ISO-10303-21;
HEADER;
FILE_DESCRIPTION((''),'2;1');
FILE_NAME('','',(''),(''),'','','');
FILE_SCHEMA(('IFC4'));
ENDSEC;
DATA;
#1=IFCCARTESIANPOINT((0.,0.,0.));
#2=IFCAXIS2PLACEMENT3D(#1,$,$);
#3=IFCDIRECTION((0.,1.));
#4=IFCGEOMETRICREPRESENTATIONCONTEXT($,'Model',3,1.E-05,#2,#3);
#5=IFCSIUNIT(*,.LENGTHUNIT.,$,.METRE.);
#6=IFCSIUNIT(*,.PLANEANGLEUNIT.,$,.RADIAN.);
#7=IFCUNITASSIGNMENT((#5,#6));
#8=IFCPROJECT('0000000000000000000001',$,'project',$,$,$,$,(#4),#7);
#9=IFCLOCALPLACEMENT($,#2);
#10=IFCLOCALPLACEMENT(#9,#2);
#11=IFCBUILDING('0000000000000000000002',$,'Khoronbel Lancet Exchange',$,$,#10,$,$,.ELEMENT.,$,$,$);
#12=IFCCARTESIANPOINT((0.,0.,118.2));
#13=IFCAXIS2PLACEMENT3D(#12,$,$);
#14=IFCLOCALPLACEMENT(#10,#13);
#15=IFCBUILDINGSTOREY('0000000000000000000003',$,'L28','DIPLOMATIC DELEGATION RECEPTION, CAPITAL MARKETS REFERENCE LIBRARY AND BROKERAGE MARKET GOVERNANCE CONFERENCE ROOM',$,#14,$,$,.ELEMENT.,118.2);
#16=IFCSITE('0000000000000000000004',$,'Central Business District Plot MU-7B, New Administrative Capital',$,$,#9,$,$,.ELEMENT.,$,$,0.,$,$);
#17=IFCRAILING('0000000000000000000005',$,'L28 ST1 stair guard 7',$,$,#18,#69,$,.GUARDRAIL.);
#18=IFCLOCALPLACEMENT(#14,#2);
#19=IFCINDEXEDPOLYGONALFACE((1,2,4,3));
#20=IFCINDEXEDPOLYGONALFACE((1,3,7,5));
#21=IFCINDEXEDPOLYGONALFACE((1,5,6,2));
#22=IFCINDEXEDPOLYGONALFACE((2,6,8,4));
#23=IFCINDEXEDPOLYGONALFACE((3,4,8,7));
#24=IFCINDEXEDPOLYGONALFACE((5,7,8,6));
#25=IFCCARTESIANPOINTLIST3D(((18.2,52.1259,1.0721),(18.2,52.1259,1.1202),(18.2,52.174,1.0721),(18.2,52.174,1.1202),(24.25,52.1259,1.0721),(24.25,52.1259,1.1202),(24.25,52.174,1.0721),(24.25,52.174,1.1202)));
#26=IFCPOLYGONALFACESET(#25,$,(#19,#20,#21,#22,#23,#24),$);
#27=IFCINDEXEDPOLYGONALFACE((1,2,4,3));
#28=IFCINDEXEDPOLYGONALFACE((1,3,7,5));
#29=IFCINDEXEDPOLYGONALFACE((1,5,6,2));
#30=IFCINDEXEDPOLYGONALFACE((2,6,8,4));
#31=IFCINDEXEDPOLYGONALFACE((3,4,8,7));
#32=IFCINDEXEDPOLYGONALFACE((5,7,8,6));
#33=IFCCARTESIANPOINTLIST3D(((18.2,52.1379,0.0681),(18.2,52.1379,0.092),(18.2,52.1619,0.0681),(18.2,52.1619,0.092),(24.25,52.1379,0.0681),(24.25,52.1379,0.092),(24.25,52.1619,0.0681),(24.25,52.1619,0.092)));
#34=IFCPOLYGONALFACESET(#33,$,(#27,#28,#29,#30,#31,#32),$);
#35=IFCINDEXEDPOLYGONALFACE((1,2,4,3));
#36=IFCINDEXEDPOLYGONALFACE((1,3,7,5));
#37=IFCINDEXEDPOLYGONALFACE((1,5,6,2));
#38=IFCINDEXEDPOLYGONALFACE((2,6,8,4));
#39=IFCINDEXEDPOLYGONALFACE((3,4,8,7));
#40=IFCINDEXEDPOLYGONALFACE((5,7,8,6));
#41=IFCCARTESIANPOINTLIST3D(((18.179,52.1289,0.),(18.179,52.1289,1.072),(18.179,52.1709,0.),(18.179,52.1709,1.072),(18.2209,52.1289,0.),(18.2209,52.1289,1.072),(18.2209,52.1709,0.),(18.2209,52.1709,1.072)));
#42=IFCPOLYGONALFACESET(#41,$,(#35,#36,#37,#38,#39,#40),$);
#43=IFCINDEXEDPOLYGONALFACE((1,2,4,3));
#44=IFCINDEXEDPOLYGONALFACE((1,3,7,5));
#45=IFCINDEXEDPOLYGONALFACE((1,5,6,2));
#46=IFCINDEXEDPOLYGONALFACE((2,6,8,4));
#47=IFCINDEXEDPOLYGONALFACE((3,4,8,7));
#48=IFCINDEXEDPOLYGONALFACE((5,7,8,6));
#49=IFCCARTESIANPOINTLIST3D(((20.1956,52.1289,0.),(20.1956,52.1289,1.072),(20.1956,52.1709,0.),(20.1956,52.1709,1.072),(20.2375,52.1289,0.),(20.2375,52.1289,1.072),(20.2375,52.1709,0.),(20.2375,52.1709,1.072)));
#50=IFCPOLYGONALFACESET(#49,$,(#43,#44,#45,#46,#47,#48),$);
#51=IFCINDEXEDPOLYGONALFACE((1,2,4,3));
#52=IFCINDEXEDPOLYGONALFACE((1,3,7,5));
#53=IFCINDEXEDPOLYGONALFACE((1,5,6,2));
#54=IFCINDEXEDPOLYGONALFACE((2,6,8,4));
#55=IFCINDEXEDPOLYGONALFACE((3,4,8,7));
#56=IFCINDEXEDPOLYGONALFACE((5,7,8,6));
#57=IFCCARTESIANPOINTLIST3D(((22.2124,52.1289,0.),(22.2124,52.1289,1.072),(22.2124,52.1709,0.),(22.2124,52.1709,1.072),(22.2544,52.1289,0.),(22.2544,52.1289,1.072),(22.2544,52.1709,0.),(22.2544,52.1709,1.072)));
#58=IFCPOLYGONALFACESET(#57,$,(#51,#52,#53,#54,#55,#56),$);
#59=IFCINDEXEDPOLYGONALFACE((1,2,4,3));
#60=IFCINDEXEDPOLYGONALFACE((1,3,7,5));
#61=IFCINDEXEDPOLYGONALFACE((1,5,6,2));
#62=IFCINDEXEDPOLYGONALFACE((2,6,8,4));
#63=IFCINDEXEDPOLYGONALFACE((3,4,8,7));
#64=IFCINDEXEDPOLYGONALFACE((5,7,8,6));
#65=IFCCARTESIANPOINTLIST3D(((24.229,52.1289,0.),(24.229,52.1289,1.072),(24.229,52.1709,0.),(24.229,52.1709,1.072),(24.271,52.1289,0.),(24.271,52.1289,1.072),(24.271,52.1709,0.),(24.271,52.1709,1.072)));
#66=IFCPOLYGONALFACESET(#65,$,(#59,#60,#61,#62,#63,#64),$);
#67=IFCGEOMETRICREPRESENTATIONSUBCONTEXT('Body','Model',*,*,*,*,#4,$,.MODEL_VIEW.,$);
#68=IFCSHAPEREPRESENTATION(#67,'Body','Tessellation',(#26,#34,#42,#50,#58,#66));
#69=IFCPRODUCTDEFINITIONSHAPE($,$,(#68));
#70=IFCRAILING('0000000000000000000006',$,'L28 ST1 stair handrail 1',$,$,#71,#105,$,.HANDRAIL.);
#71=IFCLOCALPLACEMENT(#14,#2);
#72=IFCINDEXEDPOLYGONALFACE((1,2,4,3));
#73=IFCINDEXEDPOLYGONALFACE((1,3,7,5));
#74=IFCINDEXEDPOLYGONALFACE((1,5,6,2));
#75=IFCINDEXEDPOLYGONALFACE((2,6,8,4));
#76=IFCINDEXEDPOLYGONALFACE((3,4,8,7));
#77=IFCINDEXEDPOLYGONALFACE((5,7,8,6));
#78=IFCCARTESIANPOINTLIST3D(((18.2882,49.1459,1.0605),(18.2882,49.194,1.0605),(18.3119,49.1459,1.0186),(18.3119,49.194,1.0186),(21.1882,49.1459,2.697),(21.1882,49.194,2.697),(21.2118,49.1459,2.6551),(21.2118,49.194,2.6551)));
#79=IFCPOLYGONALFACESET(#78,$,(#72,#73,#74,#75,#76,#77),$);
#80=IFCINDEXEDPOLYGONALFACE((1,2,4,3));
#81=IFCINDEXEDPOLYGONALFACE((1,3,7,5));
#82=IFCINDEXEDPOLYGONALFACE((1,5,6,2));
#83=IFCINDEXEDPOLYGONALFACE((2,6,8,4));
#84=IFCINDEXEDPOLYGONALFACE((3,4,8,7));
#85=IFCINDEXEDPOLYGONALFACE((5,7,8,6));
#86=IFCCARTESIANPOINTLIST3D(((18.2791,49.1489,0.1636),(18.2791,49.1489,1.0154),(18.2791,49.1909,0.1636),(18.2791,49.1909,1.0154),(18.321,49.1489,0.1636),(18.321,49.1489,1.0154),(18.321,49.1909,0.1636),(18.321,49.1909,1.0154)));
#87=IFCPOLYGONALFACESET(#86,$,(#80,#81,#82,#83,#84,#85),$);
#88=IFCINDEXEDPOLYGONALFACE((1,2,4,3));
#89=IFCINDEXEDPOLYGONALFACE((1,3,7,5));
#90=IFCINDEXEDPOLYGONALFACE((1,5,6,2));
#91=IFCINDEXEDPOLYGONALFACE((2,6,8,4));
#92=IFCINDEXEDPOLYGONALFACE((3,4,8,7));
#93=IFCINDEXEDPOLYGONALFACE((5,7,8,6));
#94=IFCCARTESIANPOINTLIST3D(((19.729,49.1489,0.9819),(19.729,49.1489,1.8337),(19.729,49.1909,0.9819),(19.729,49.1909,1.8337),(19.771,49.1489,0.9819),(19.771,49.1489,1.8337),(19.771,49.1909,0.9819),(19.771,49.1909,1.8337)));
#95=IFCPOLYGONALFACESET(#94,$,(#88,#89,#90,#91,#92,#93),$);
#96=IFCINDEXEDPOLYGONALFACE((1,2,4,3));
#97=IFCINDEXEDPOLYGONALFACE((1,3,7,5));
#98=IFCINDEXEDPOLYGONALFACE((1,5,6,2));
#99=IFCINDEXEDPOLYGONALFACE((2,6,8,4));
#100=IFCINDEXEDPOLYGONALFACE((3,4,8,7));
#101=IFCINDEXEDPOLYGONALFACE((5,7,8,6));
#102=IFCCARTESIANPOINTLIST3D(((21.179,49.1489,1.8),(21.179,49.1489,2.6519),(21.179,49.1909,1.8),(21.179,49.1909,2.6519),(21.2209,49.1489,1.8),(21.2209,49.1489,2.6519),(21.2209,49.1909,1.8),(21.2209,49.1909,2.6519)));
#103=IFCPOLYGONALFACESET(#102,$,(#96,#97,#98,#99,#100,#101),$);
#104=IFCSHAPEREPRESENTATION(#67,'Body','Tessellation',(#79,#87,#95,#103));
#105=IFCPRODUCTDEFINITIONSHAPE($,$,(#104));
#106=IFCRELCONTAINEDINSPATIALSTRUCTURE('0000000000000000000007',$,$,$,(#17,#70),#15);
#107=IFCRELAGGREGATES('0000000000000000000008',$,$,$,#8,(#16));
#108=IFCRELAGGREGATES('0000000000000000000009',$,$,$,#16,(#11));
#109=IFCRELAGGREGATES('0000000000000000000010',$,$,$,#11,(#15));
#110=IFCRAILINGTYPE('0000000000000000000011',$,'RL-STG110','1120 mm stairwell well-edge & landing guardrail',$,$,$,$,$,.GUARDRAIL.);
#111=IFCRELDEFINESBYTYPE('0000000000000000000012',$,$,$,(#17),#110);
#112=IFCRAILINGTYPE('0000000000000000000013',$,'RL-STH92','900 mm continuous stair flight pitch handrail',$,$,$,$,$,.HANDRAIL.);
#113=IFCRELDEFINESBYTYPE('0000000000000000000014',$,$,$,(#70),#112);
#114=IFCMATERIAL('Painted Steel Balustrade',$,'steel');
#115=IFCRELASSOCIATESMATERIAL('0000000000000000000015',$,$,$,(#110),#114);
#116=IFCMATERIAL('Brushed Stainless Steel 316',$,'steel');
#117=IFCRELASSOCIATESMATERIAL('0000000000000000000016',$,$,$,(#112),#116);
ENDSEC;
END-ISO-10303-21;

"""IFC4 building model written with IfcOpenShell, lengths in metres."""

from ifc_helpers import new_model, si_unit, direction, frame, origin, origin_2d, place, context, subcontext, project, spatial, rectangle, extrude, material, type_object, element, save


model = new_model("IFC4")

# Units and contexts
model_context = context("Model", 3, precision=1e-05, world=origin(), true_north=direction((0.0, 1.0)))
body_context = subcontext(model_context, "Body", "Model", "MODEL_VIEW")
ifc_project = project(units=[si_unit("LENGTHUNIT", "METRE"), si_unit("PLANEANGLEUNIT", "RADIAN")], contexts=[model_context])

# Site, building, storey
site_placement = place(None, origin())
site = spatial("IfcSite", under=ifc_project, at=site_placement, Name="Central Business District Plot MU-7B, New Administrative Capital", CompositionType="ELEMENT", RefElevation=0.0)
building_placement = place(site_placement, origin())
building = spatial("IfcBuilding", under=site, at=building_placement, Name="Khoronbel Lancet Exchange", CompositionType="ELEMENT")
storey_placement = place(building_placement, frame((0.0, 0.0, 118.2)))
storey = spatial("IfcBuildingStorey", under=building, at=storey_placement, Name="L28", Description="DIPLOMATIC DELEGATION RECEPTION, CAPITAL MARKETS REFERENCE LIBRARY AND BROKERAGE MARKET GOVERNANCE CONFERENCE ROOM", CompositionType="ELEMENT", Elevation=118.2)

# Railings
ifc_material_1 = material(Name="Painted Steel Balustrade", Category="steel")
railing_type_1 = type_object("IfcRailingType", Name="RL-STG110", Description="1120 mm stairwell well-edge & landing guardrail", PredefinedType="GUARDRAIL", material=ifc_material_1)
railing_1_placement = place(storey_placement, frame((18.2, 52.1499, 0.0)))
element("IfcRailing", 1, at=railing_1_placement, inside=storey, type_object=railing_type_1, Name="L28 ST1 stair guard 7", PredefinedType="GUARDRAIL", context=body_context, shape_type="SweptSolid", body=[
    extrude(rectangle(XDim=0.0481, YDim=0.0481, at=origin_2d()), frame((0.0, 0.0, 1.0962), z_axis=(1.0, 0.0, 0.0), x_axis=(0.0, 1.0, 0.0)), (0.0, 0.0, 1.0), 6.05),
    extrude(rectangle(XDim=0.0239, YDim=0.0239, at=origin_2d()), frame((0.0, 0.0, 0.0801), z_axis=(1.0, 0.0, 0.0), x_axis=(0.0, 1.0, 0.0)), (0.0, 0.0, 1.0), 6.05),
    extrude(rectangle(XDim=0.042, YDim=0.042, at=origin_2d()), origin(), (0.0, 0.0, 1.0), 1.072),
    extrude(rectangle(XDim=0.042, YDim=0.042, at=origin_2d()), frame((2.0166, 0.0, 0.0)), (0.0, 0.0, 1.0), 1.072),
    extrude(rectangle(XDim=0.042, YDim=0.042, at=origin_2d()), frame((4.0334, 0.0, 0.0)), (0.0, 0.0, 1.0), 1.072),
    extrude(rectangle(XDim=0.042, YDim=0.042, at=origin_2d()), frame((6.05, 0.0, 0.0)), (0.0, 0.0, 1.0), 1.072),
])
ifc_material_2 = material(Name="Brushed Stainless Steel 316", Category="steel")
railing_type_2 = type_object("IfcRailingType", Name="RL-STH92", Description="900 mm continuous stair flight pitch handrail", PredefinedType="HANDRAIL", material=ifc_material_2)
railing_2_placement = place(storey_placement, frame((18.3, 49.1699, 0.1636)))
element("IfcRailing", 2, at=railing_2_placement, inside=storey, type_object=railing_type_2, Name="L28 ST1 stair handrail 1", PredefinedType="HANDRAIL", context=body_context, shape_type="SweptSolid", body=[
    extrude(rectangle(XDim=0.0481, YDim=0.0481, at=origin_2d()), frame((0.0, 0.0, 0.876), z_axis=(0.870897, 0.0, 0.491465), x_axis=(0.0, 1.0, 0.0)), (0.0, 0.0, 1.0), 3.3298),
    extrude(rectangle(XDim=0.042, YDim=0.042, at=origin_2d()), origin(), (0.0, 0.0, 1.0), 0.8518),
    extrude(rectangle(XDim=0.042, YDim=0.042, at=origin_2d()), frame((1.45, 0.0, 0.8184)), (0.0, 0.0, 1.0), 0.8518),
    extrude(rectangle(XDim=0.042, YDim=0.042, at=origin_2d()), frame((2.8999, 0.0, 1.6365)), (0.0, 0.0, 1.0), 0.8518),
])

save(model, "model.ifc")
